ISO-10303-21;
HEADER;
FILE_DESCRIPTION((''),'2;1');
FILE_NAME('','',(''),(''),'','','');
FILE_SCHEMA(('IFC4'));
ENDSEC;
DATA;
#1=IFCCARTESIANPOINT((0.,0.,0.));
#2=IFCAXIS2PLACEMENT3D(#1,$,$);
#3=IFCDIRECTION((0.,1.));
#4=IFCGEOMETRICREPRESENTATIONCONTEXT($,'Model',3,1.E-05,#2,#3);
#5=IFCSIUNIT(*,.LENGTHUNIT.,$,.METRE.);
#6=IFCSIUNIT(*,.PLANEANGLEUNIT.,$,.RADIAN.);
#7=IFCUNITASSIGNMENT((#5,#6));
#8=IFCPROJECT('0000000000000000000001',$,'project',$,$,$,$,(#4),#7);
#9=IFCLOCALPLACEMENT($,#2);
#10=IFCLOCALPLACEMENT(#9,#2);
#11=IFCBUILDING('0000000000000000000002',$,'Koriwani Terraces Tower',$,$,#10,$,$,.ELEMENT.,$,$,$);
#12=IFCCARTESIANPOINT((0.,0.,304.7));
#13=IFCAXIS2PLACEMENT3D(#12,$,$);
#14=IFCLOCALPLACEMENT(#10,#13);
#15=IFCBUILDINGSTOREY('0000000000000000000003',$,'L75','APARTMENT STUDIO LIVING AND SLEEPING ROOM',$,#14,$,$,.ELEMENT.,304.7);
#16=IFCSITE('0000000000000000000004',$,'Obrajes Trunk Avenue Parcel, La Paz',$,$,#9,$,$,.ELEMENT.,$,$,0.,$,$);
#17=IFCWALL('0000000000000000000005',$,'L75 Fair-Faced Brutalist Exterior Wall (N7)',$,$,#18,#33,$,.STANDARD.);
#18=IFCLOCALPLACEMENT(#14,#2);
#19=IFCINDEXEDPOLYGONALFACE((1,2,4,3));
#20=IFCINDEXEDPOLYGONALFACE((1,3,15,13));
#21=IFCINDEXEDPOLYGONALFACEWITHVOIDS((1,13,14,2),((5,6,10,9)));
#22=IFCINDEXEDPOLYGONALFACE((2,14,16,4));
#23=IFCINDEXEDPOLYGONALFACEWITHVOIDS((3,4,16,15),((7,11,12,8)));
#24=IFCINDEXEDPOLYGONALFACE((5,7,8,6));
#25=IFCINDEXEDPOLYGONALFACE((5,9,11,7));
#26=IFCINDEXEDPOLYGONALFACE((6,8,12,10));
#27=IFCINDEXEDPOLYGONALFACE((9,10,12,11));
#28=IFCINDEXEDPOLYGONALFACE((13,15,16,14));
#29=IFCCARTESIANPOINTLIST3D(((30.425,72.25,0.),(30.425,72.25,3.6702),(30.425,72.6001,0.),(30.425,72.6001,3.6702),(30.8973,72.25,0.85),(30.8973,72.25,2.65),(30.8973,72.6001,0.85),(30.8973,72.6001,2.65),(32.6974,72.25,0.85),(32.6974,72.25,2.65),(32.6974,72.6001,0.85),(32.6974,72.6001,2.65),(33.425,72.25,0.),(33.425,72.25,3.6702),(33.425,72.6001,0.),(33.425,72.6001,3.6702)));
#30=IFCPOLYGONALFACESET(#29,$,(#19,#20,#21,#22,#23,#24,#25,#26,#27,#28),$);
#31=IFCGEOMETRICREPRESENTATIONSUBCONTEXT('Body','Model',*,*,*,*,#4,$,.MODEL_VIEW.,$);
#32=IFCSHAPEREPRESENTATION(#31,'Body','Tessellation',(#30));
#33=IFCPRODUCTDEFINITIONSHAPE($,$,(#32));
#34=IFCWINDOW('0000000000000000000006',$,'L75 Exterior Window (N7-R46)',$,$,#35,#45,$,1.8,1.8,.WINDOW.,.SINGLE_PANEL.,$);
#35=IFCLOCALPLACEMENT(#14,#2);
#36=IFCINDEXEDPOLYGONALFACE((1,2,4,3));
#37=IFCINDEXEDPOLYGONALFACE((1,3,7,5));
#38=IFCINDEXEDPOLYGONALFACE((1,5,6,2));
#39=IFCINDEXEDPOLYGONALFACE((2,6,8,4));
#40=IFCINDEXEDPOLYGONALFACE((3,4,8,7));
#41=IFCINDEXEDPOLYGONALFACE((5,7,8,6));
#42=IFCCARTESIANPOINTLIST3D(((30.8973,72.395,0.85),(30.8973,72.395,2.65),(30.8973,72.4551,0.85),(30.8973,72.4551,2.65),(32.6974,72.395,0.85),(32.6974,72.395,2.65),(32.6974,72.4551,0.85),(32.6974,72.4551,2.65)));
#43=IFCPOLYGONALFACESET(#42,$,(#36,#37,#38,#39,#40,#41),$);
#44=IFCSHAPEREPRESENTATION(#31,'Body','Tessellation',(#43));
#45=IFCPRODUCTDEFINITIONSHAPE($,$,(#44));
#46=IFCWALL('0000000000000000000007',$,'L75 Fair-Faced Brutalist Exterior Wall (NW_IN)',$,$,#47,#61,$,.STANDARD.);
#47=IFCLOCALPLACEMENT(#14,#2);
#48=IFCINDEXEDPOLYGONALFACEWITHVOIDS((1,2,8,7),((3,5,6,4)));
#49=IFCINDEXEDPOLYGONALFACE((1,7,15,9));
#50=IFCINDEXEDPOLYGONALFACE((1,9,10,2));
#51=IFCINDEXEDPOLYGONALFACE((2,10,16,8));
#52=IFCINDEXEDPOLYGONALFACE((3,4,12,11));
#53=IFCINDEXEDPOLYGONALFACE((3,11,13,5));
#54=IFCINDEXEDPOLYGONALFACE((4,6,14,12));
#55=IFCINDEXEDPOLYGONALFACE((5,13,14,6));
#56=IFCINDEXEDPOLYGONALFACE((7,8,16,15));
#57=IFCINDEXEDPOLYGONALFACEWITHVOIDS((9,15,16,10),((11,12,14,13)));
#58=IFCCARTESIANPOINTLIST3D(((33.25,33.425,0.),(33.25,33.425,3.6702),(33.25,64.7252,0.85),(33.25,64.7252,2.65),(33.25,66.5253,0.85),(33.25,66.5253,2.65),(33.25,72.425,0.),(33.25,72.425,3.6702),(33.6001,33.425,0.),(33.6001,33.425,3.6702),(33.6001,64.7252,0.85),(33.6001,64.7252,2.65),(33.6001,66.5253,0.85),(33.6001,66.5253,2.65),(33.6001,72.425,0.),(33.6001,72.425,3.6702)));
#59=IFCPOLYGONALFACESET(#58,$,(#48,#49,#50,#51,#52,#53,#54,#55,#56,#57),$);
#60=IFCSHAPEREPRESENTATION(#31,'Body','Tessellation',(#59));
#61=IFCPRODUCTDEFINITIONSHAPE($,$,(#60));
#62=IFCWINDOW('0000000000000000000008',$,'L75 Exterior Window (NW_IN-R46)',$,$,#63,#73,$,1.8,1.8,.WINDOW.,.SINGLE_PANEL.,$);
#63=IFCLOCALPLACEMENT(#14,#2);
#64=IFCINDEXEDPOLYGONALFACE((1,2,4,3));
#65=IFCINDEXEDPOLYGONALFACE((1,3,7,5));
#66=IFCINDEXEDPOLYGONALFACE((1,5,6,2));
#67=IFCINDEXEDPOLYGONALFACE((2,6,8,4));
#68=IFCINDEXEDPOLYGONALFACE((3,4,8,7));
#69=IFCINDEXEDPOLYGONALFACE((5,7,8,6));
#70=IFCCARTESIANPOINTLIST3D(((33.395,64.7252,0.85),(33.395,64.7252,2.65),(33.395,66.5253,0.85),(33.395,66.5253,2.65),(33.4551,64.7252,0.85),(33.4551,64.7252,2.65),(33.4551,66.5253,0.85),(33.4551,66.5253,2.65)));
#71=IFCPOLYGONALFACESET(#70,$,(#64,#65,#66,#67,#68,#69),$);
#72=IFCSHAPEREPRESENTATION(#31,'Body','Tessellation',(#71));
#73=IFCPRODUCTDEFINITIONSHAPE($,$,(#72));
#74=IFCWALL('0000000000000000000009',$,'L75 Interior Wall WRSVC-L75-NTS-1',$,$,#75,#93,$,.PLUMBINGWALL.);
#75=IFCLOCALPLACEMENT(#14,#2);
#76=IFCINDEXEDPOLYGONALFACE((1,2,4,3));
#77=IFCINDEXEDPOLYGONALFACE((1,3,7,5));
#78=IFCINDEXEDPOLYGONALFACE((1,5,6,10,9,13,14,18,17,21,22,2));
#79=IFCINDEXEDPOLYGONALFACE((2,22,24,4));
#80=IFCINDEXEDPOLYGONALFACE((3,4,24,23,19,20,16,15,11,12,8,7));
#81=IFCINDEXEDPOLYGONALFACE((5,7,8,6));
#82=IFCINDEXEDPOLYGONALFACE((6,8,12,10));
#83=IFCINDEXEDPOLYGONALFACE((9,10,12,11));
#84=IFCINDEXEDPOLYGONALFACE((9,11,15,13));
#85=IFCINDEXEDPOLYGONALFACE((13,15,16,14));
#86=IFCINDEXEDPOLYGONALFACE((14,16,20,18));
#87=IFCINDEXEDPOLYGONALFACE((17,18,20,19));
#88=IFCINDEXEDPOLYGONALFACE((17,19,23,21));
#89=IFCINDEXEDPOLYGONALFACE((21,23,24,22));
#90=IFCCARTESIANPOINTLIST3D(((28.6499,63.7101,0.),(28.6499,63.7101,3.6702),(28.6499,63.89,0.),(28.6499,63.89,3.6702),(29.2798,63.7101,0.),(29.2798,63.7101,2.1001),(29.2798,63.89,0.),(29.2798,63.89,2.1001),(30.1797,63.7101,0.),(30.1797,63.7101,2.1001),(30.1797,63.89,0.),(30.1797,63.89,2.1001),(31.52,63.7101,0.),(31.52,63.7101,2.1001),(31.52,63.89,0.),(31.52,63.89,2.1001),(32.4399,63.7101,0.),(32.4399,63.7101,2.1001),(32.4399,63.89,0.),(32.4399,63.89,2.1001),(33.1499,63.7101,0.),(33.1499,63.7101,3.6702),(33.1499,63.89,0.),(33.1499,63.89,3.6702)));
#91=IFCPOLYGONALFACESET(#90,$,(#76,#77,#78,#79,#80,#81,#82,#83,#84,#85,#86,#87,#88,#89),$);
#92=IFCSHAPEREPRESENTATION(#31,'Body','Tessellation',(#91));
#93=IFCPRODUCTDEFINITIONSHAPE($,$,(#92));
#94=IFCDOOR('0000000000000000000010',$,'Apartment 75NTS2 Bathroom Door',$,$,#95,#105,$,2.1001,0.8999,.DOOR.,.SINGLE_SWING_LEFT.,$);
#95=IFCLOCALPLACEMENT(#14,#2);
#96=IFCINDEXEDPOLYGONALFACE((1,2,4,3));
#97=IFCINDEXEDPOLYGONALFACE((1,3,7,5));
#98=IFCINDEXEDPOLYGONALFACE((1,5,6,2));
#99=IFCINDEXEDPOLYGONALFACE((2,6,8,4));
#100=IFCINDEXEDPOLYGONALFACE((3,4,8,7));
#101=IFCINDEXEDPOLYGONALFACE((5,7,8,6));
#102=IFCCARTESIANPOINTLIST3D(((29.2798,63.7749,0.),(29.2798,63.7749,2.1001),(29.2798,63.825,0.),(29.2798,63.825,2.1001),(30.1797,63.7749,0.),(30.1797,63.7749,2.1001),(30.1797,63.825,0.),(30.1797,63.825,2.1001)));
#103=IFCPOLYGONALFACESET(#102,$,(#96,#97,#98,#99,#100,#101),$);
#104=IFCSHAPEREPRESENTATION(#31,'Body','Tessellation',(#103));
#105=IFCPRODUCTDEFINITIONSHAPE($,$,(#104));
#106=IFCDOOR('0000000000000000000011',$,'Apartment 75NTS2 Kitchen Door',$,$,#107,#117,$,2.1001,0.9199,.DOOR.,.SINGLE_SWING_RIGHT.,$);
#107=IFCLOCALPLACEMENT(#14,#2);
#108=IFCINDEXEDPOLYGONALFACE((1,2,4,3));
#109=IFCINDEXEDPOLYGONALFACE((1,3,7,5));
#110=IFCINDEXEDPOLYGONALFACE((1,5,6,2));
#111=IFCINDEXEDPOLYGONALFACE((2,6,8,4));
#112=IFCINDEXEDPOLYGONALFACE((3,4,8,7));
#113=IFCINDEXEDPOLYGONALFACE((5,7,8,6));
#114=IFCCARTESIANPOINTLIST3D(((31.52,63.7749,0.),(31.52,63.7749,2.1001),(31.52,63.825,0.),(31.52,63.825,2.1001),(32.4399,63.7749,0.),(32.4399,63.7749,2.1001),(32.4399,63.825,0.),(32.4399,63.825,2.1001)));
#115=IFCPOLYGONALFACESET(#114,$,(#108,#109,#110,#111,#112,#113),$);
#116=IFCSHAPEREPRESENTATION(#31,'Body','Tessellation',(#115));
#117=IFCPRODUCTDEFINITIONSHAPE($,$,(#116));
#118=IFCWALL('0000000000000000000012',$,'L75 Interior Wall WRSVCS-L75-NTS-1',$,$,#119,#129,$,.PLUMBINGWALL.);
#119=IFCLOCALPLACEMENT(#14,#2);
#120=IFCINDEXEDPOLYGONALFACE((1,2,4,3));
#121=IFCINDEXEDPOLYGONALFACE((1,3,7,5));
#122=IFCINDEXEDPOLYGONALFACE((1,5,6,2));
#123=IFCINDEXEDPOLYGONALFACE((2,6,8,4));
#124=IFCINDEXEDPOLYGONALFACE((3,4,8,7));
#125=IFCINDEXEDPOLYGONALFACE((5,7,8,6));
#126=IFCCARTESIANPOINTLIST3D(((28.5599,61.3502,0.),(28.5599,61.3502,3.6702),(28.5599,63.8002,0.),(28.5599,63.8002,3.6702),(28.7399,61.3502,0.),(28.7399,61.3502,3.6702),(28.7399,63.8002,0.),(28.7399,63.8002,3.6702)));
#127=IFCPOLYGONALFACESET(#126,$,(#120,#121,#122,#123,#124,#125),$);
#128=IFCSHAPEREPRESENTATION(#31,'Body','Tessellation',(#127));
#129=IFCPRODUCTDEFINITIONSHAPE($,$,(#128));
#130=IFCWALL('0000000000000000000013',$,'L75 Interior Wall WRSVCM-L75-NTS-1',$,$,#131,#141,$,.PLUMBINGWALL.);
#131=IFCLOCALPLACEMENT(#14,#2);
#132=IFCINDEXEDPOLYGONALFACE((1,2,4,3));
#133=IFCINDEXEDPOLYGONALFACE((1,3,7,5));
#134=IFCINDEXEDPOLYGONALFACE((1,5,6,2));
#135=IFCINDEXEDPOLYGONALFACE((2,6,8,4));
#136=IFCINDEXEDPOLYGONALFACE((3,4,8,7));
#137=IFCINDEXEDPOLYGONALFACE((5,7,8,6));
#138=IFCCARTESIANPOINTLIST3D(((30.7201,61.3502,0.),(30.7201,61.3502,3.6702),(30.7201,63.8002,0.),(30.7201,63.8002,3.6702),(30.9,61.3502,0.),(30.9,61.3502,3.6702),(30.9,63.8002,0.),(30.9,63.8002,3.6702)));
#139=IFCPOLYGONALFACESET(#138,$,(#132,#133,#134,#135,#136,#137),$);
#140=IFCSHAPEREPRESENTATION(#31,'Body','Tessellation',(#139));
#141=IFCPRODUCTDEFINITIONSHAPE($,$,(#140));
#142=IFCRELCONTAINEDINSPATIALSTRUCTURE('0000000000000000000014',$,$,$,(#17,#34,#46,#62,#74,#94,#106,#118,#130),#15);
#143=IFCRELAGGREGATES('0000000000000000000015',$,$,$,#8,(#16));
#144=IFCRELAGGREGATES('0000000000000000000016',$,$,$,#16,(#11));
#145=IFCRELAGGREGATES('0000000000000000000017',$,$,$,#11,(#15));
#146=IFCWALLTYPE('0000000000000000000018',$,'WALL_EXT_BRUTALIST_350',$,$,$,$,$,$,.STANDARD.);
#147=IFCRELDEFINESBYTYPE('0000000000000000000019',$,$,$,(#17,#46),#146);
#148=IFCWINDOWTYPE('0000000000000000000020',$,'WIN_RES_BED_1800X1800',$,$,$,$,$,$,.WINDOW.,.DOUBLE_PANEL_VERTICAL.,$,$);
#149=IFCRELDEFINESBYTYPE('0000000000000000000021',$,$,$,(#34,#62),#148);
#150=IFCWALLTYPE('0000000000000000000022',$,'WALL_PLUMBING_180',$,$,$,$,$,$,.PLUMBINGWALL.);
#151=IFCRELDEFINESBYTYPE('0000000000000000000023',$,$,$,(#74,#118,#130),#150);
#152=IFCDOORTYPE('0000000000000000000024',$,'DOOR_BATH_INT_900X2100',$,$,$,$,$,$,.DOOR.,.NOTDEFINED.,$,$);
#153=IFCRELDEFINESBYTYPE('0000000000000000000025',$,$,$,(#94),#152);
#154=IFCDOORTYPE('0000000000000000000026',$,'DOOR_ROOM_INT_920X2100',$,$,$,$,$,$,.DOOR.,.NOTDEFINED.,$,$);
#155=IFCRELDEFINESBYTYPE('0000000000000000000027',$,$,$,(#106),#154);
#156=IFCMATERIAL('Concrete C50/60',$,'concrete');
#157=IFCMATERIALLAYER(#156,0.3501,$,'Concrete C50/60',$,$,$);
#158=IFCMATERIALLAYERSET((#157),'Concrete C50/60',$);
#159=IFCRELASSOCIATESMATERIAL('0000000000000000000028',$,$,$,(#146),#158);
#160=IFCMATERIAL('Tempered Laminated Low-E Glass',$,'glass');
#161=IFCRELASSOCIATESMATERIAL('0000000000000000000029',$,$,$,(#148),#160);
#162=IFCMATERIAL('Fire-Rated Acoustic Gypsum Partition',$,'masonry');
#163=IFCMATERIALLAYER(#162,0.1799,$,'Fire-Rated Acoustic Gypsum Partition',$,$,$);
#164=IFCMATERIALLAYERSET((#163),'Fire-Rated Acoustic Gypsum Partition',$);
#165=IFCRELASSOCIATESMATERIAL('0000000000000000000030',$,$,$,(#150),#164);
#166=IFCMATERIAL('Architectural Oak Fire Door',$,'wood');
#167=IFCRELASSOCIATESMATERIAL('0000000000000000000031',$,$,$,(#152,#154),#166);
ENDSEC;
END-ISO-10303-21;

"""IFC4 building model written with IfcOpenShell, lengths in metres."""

from ifc_helpers import new_model, si_unit, direction, frame, frame_2d, origin, place, context, subcontext, project, spatial, rectangle, extrude, material, layer, layer_set, type_object, element, fill, save


model = new_model("IFC4")

# Units and contexts
model_context = context("Model", 3, precision=1e-05, world=origin(), true_north=direction((0.0, 1.0)))
body_context = subcontext(model_context, "Body", "Model", "MODEL_VIEW")
ifc_project = project(units=[si_unit("LENGTHUNIT", "METRE"), si_unit("PLANEANGLEUNIT", "RADIAN")], contexts=[model_context])

# Site, building, storey
site_placement = place(None, origin())
site = spatial("IfcSite", under=ifc_project, at=site_placement, Name="Obrajes Trunk Avenue Parcel, La Paz", CompositionType="ELEMENT", RefElevation=0.0)
building_placement = place(site_placement, origin())
building = spatial("IfcBuilding", under=site, at=building_placement, Name="Koriwani Terraces Tower", CompositionType="ELEMENT")
storey_placement = place(building_placement, frame((0.0, 0.0, 304.7)))
storey = spatial("IfcBuildingStorey", under=building, at=storey_placement, Name="L75", Description="APARTMENT STUDIO LIVING AND SLEEPING ROOM", CompositionType="ELEMENT", Elevation=304.7)

# Shared definitions
ifc_material_1 = material(Name="Concrete C50/60", Category="concrete")

# Shared definitions
ifc_layer_1 = layer(ifc_material_1, 0.3501, Name="Concrete C50/60")
ifc_layer_set_1 = layer_set([ifc_layer_1], Name="Concrete C50/60")
wall_type_1 = type_object("IfcWallType", Name="WALL_EXT_BRUTALIST_350", PredefinedType="STANDARD", material=ifc_layer_set_1)

# Walls, openings, windows
wall_1_placement = place(storey_placement, frame((30.425, 72.425, 0.0), z_axis=(0.0, 0.0, 1.0), x_axis=(1.0, 0.0, 0.0)))
wall_1 = element("IfcWall", 1, at=wall_1_placement, inside=storey, type_object=wall_type_1, Name="L75 Fair-Faced Brutalist Exterior Wall (N7)", PredefinedType="STANDARD", context=body_context, shape_type="SweptSolid", body=[
    extrude(rectangle(XDim=3.0, YDim=0.3501, at=frame_2d((1.5, 0.0))), origin(), (0.0, 0.0, 1.0), 3.6702),
])
opening_1_placement = place(wall_1_placement, frame((0.4724, 0.0, 0.8501)))
opening_1 = element("IfcOpeningElement", 2, at=opening_1_placement, cuts=wall_1, PredefinedType="OPENING", context=body_context, shape_type="SweptSolid", body=[
    extrude(rectangle(XDim=1.8, YDim=1.8, at=frame_2d((0.8999, 0.8999))), frame((0.0, 0.1851, 0.0), z_axis=(0.0, -1.0, 0.0), x_axis=(1.0, 0.0, 0.0)), (0.0, 0.0, 1.0), 0.3701),
])
ifc_material_2 = material(Name="Tempered Laminated Low-E Glass", Category="glass")
window_type = type_object("IfcWindowType", Name="WIN_RES_BED_1800X1800", PartitioningType="DOUBLE_PANEL_VERTICAL", PredefinedType="WINDOW", material=ifc_material_2)
window_1_placement = place(opening_1_placement, origin())
window_1 = element("IfcWindow", 3, at=window_1_placement, inside=storey, type_object=window_type, Name="L75 Exterior Window (N7-R46)", OverallHeight=1.8, OverallWidth=1.8, PartitioningType="SINGLE_PANEL", PredefinedType="WINDOW", context=body_context, shape_type="SweptSolid", body=[
    extrude(rectangle(XDim=1.8, YDim=1.8, at=frame_2d((0.8999, 0.8999))), frame((0.0, 0.03, 0.0), z_axis=(0.0, -1.0, 0.0), x_axis=(1.0, 0.0, 0.0)), (0.0, 0.0, 1.0), 0.0601),
])
fill(opening_1, window_1)
wall_2_placement = place(storey_placement, frame((33.425, 72.425, 0.0), z_axis=(0.0, 0.0, 1.0), x_axis=(0.0, -1.0, 0.0)))
wall_2 = element("IfcWall", 4, at=wall_2_placement, inside=storey, type_object=wall_type_1, Name="L75 Fair-Faced Brutalist Exterior Wall (NW_IN)", PredefinedType="STANDARD", context=body_context, shape_type="SweptSolid", body=[
    extrude(rectangle(XDim=39.0, YDim=0.3501, at=frame_2d((19.5, 0.0))), origin(), (0.0, 0.0, 1.0), 3.6702),
])
opening_2_placement = place(wall_2_placement, frame((5.8999, 0.0, 0.8501)))
opening_2 = element("IfcOpeningElement", 5, at=opening_2_placement, cuts=wall_2, PredefinedType="OPENING", context=body_context, shape_type="SweptSolid", body=[
    extrude(rectangle(XDim=1.8, YDim=1.8, at=frame_2d((0.8999, 0.8999))), frame((0.0, 0.1851, 0.0), z_axis=(0.0, -1.0, 0.0), x_axis=(1.0, 0.0, 0.0)), (0.0, 0.0, 1.0), 0.3701),
])
window_2_placement = place(opening_2_placement, origin())
window_2 = element("IfcWindow", 6, at=window_2_placement, inside=storey, type_object=window_type, Name="L75 Exterior Window (NW_IN-R46)", OverallHeight=1.8, OverallWidth=1.8, PartitioningType="SINGLE_PANEL", PredefinedType="WINDOW", context=body_context, shape_type="SweptSolid", body=[
    extrude(rectangle(XDim=1.8, YDim=1.8, at=frame_2d((0.8999, 0.8999))), frame((0.0, 0.03, 0.0), z_axis=(0.0, -1.0, 0.0), x_axis=(1.0, 0.0, 0.0)), (0.0, 0.0, 1.0), 0.0601),
])
fill(opening_2, window_2)

# Wall, openings, doors
ifc_material_3 = material(Name="Fire-Rated Acoustic Gypsum Partition", Category="masonry")
ifc_layer_2 = layer(ifc_material_3, 0.1799, Name="Fire-Rated Acoustic Gypsum Partition")
ifc_layer_set_2 = layer_set([ifc_layer_2], Name="Fire-Rated Acoustic Gypsum Partition")
wall_type_2 = type_object("IfcWallType", Name="WALL_PLUMBING_180", PredefinedType="PLUMBINGWALL", material=ifc_layer_set_2)
wall_3_placement = place(storey_placement, frame((28.6499, 63.8, 0.0), z_axis=(0.0, 0.0, 1.0), x_axis=(1.0, 0.0, 0.0)))
wall_3 = element("IfcWall", 7, at=wall_3_placement, inside=storey, type_object=wall_type_2, Name="L75 Interior Wall WRSVC-L75-NTS-1", PredefinedType="PLUMBINGWALL", context=body_context, shape_type="SweptSolid", body=[
    extrude(rectangle(XDim=4.5, YDim=0.1799, at=frame_2d((2.25, 0.0))), origin(), (0.0, 0.0, 1.0), 3.6702),
])
opening_3_placement = place(wall_3_placement, frame((0.6299, 0.0, 0.0)))
opening_3 = element("IfcOpeningElement", 8, at=opening_3_placement, cuts=wall_3, PredefinedType="OPENING", context=body_context, shape_type="SweptSolid", body=[
    extrude(rectangle(XDim=0.8999, YDim=2.1001, at=frame_2d((0.45, 1.05))), frame((0.0, 0.1001, 0.0), z_axis=(0.0, -1.0, 0.0), x_axis=(1.0, 0.0, 0.0)), (0.0, 0.0, 1.0), 0.2),
])
opening_4_placement = place(wall_3_placement, frame((2.8701, 0.0, 0.0)))
opening_4 = element("IfcOpeningElement", 9, at=opening_4_placement, cuts=wall_3, PredefinedType="OPENING", context=body_context, shape_type="SweptSolid", body=[
    extrude(rectangle(XDim=0.9199, YDim=2.1001, at=frame_2d((0.46, 1.05))), frame((0.0, 0.1001, 0.0), z_axis=(0.0, -1.0, 0.0), x_axis=(1.0, 0.0, 0.0)), (0.0, 0.0, 1.0), 0.2),
])
ifc_material_4 = material(Name="Architectural Oak Fire Door", Category="wood")
door_type_1 = type_object("IfcDoorType", Name="DOOR_BATH_INT_900X2100", OperationType="NOTDEFINED", PredefinedType="DOOR", material=ifc_material_4)
door_1_placement = place(opening_3_placement, origin())
door_1 = element("IfcDoor", 10, at=door_1_placement, inside=storey, type_object=door_type_1, Name="Apartment 75NTS2 Bathroom Door", OperationType="SINGLE_SWING_LEFT", OverallHeight=2.1001, OverallWidth=0.8999, PredefinedType="DOOR", context=body_context, shape_type="SweptSolid", body=[
    extrude(rectangle(XDim=0.8999, YDim=2.1001, at=frame_2d((0.45, 1.05))), frame((0.0, 0.0249, 0.0), z_axis=(0.0, -1.0, 0.0), x_axis=(1.0, 0.0, 0.0)), (0.0, 0.0, 1.0), 0.05),
])
fill(opening_3, door_1)
door_type_2 = type_object("IfcDoorType", Name="DOOR_ROOM_INT_920X2100", OperationType="NOTDEFINED", PredefinedType="DOOR", material=ifc_material_4)
door_2_placement = place(opening_4_placement, origin())
door_2 = element("IfcDoor", 11, at=door_2_placement, inside=storey, type_object=door_type_2, Name="Apartment 75NTS2 Kitchen Door", OperationType="SINGLE_SWING_RIGHT", OverallHeight=2.1001, OverallWidth=0.9199, PredefinedType="DOOR", context=body_context, shape_type="SweptSolid", body=[
    extrude(rectangle(XDim=0.9199, YDim=2.1001, at=frame_2d((0.46, 1.05))), frame((0.0, 0.0249, 0.0), z_axis=(0.0, -1.0, 0.0), x_axis=(1.0, 0.0, 0.0)), (0.0, 0.0, 1.0), 0.05),
])
fill(opening_4, door_2)

# Walls
for number, where, z_axis, x_axis, name in (
    (12, (28.6499, 61.3501, 0.0), (0.0, 0.0, 1.0), (0.0, 1.0, 0.0), "L75 Interior Wall WRSVCS-L75-NTS-1"),
    (13, (30.8101, 61.3501, 0.0), (0.0, 0.0, 1.0), (0.0, 1.0, 0.0), "L75 Interior Wall WRSVCM-L75-NTS-1"),
):
    element("IfcWall", number, at=place(storey_placement, frame(where, z_axis=z_axis, x_axis=x_axis)), inside=storey, type_object=wall_type_2, Name=name, PredefinedType="PLUMBINGWALL", context=body_context, shape_type="SweptSolid", body=[
        extrude(rectangle(XDim=2.45, YDim=0.1799, at=frame_2d((1.2251, 0.0))), origin(), (0.0, 0.0, 1.0), 3.6702),
    ])

save(model, "model.ifc")
